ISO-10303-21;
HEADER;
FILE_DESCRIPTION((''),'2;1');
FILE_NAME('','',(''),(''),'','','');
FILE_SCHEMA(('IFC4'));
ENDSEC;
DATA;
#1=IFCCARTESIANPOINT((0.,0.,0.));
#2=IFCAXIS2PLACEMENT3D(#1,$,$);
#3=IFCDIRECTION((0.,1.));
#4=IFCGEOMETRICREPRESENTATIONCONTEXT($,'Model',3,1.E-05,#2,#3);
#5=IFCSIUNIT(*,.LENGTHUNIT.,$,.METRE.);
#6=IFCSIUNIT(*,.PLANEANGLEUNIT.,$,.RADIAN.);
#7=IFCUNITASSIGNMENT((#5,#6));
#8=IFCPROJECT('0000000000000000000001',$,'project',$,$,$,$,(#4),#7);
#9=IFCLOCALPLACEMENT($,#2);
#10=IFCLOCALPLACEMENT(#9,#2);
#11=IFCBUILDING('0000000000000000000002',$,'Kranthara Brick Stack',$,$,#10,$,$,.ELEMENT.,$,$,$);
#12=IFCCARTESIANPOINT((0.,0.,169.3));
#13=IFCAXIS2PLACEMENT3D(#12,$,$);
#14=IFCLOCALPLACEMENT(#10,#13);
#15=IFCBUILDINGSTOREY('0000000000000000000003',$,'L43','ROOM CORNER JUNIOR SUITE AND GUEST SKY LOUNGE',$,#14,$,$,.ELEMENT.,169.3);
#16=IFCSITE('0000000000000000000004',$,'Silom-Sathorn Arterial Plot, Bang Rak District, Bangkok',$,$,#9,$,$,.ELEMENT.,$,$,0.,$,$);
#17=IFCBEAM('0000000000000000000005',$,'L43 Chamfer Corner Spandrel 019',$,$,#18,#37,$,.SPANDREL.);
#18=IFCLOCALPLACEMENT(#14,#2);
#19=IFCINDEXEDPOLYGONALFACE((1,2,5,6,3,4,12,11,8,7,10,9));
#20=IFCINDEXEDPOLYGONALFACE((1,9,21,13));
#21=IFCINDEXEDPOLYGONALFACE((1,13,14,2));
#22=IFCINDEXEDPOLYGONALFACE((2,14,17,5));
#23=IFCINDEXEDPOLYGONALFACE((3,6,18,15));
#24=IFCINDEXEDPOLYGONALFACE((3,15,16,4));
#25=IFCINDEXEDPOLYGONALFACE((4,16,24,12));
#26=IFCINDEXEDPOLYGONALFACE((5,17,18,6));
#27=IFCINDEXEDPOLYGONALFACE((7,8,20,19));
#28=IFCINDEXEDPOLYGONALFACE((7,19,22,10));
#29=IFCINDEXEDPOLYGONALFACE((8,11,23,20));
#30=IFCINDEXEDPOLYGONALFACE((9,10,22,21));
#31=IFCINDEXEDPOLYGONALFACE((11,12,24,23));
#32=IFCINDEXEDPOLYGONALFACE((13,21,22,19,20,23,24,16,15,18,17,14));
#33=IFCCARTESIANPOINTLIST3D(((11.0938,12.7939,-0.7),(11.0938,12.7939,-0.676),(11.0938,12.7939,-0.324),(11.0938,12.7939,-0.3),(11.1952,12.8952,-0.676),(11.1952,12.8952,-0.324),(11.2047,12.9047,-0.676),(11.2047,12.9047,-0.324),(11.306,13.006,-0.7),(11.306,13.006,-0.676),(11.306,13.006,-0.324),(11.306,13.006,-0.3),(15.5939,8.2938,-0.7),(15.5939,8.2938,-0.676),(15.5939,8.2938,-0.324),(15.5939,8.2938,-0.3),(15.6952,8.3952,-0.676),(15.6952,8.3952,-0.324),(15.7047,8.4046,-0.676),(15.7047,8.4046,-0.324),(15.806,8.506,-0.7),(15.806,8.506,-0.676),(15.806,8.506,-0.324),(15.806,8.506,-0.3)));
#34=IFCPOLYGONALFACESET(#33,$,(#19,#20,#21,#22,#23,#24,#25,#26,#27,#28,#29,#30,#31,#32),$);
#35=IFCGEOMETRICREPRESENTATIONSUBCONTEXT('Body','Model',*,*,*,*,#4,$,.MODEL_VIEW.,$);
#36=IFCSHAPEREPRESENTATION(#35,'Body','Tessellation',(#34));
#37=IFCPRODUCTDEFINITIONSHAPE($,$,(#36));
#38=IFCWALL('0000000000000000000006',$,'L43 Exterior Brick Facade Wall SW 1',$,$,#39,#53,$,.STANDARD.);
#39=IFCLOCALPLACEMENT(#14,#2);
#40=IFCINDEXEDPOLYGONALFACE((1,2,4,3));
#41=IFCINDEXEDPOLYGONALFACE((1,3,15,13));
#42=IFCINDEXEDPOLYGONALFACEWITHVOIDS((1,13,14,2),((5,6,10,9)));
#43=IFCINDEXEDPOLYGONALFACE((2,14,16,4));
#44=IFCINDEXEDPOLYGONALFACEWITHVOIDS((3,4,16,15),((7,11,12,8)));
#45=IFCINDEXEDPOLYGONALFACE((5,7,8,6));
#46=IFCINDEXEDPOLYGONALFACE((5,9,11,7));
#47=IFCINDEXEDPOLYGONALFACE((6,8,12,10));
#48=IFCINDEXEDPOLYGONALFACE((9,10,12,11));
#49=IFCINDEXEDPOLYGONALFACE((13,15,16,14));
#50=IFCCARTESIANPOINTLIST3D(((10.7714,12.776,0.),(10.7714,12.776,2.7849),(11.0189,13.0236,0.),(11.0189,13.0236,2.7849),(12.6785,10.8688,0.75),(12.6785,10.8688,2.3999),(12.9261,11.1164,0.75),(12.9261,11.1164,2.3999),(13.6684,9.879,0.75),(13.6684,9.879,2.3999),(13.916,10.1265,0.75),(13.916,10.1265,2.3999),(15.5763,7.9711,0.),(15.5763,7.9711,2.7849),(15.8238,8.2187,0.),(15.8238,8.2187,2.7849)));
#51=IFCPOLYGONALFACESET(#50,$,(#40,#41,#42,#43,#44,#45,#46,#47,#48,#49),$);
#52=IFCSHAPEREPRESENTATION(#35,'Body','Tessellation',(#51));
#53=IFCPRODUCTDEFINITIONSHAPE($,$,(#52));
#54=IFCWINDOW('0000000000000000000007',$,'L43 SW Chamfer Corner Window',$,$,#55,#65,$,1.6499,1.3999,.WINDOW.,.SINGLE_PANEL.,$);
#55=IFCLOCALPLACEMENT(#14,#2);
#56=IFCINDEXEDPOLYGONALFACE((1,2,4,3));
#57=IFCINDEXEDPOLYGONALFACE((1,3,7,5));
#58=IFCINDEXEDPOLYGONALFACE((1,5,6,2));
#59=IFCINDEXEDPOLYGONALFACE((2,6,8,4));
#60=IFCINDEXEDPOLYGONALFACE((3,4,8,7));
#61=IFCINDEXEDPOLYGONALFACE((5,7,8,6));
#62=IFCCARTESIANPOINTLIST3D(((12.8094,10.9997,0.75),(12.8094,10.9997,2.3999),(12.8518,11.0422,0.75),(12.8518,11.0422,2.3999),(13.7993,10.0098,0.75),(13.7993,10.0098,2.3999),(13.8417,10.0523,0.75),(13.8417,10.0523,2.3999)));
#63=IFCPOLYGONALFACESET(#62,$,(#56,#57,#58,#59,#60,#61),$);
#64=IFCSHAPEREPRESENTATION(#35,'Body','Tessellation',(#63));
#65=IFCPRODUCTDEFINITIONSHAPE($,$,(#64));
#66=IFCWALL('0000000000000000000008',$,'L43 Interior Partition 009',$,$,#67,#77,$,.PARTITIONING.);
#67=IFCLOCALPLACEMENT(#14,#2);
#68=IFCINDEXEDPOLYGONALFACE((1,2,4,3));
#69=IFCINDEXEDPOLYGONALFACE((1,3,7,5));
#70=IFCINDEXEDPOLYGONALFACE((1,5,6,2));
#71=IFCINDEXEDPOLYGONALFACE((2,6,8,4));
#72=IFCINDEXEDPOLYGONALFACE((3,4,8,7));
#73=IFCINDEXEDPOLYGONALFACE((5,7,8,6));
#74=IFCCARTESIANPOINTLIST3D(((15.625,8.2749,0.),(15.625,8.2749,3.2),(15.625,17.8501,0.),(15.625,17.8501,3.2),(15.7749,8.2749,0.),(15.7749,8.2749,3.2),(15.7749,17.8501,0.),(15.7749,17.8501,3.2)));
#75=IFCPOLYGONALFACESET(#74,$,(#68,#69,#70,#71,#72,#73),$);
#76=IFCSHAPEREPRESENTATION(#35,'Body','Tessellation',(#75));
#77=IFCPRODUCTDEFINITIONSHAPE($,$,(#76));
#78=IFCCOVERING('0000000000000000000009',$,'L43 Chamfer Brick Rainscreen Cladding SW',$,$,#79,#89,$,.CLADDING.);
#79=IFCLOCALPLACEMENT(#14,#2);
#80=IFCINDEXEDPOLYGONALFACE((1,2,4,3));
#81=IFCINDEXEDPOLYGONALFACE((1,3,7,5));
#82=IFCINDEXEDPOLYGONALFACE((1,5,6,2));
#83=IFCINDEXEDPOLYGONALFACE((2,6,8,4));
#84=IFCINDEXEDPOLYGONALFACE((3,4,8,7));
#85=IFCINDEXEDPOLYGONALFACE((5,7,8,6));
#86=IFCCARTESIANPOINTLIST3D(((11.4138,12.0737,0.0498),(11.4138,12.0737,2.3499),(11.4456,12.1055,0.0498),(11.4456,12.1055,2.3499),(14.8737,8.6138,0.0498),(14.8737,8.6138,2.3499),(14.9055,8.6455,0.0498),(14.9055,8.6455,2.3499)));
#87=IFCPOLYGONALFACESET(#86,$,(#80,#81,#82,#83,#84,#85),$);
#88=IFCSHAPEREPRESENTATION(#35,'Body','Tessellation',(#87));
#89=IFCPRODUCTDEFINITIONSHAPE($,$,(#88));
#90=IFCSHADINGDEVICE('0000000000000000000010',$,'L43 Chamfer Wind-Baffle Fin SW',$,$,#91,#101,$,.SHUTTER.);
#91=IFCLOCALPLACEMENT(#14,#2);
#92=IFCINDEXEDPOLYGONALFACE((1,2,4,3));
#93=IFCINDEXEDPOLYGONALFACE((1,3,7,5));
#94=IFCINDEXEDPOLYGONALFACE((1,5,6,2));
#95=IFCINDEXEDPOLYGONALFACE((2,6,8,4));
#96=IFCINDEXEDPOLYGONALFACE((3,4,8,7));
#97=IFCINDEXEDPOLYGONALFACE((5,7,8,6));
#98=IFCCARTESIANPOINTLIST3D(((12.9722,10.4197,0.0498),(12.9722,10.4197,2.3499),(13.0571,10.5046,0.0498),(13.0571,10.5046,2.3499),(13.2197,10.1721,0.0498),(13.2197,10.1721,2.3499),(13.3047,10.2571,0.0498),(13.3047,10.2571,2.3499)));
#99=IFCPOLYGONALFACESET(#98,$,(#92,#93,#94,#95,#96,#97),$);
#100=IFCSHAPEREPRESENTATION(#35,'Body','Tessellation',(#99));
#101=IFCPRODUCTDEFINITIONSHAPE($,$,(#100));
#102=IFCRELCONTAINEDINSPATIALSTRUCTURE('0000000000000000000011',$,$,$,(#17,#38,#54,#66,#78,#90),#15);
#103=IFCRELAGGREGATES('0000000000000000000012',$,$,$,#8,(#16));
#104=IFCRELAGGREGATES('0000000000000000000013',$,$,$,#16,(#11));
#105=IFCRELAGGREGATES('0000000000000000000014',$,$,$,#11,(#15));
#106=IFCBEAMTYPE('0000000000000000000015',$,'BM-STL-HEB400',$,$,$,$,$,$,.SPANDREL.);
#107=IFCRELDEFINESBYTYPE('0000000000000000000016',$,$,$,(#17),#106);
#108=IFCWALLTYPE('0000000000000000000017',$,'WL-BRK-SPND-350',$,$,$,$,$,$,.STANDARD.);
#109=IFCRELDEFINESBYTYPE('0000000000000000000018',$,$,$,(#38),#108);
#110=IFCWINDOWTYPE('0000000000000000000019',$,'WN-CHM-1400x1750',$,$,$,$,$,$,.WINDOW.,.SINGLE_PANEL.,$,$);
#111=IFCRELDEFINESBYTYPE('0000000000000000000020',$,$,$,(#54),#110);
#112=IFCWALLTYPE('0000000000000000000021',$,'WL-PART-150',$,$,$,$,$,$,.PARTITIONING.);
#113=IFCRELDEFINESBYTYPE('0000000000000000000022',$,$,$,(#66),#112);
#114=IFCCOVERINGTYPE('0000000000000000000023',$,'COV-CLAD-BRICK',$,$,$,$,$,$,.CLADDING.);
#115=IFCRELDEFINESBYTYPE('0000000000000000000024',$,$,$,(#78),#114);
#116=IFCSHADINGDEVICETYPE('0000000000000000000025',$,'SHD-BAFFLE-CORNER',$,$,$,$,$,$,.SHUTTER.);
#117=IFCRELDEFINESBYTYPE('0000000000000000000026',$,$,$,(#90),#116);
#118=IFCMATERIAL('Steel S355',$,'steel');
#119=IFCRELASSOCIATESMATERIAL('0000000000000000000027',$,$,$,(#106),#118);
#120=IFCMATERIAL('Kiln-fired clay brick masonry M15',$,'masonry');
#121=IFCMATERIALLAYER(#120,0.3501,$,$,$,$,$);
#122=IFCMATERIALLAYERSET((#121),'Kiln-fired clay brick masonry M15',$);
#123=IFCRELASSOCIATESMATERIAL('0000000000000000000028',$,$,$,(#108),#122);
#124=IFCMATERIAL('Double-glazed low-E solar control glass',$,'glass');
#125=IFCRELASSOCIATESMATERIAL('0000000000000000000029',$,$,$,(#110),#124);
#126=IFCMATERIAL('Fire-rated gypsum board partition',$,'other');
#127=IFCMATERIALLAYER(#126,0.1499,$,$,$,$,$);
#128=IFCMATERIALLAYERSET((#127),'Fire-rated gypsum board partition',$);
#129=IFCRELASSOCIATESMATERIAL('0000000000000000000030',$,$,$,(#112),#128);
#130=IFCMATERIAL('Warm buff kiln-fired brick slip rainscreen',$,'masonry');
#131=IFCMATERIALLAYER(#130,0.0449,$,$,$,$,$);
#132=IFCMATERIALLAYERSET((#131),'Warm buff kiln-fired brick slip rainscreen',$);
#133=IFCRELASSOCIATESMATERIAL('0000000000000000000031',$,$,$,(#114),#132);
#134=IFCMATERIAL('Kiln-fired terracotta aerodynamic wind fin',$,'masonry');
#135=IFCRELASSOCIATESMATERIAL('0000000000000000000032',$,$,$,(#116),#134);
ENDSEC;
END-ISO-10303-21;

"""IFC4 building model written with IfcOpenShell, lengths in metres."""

from ifc_helpers import new_model, si_unit, direction, frame, frame_2d, origin, origin_2d, place, context, subcontext, project, spatial, rectangle, i_section, extrude, material, layer, layer_set, material_profile, profile_set, type_object, element, fill, save


model = new_model("IFC4")

# Units and contexts
model_context = context("Model", 3, precision=1e-05, world=origin(), true_north=direction((0.0, 1.0)))
body_context = subcontext(model_context, "Body", "Model", "MODEL_VIEW")
ifc_project = project(units=[si_unit("LENGTHUNIT", "METRE"), si_unit("PLANEANGLEUNIT", "RADIAN")], contexts=[model_context])

# Site, building, storey
site_placement = place(None, origin())
site = spatial("IfcSite", under=ifc_project, at=site_placement, Name="Silom-Sathorn Arterial Plot, Bang Rak District, Bangkok", CompositionType="ELEMENT", RefElevation=0.0)
building_placement = place(site_placement, origin())
building = spatial("IfcBuilding", under=site, at=building_placement, Name="Kranthara Brick Stack", CompositionType="ELEMENT")
storey_placement = place(building_placement, frame((0.0, 0.0, 169.3)))
storey = spatial("IfcBuildingStorey", under=building, at=storey_placement, Name="L43", Description="ROOM CORNER JUNIOR SUITE AND GUEST SKY LOUNGE", CompositionType="ELEMENT", Elevation=169.3)

# Beam
ifc_material_1 = material(Name="Steel S355", Category="steel")
ifc_material_profile_1 = material_profile(ifc_material_1, i_section(OverallWidth=0.3, OverallDepth=0.3999, WebThickness=0.0134, FlangeThickness=0.0239, at=origin_2d()), Name="HEB 400")
ifc_profile_set_1 = profile_set([ifc_material_profile_1], Name="Steel S355")
beam_type_1 = type_object("IfcBeamType", Name="BM-STL-HEB400", PredefinedType="SPANDREL", material=ifc_profile_set_1)
beam_1_placement = place(storey_placement, frame((15.7, 8.3999, -0.5), z_axis=(-0.707107, 0.707107, 0.0), x_axis=(-0.707107, -0.707107, 0.0)))
element("IfcBeam", 1, at=beam_1_placement, inside=storey, type_object=beam_type_1, Name="L43 Chamfer Corner Spandrel 019", PredefinedType="SPANDREL", context=body_context, shape_type="SweptSolid", body=[
    extrude(i_section(OverallWidth=0.3, OverallDepth=0.3999, WebThickness=0.0134, FlangeThickness=0.0239, at=origin_2d()), origin(), (0.0, 0.0, 1.0), 6.364),
])

# Wall, opening, window
ifc_material_2 = material(Name="Kiln-fired clay brick masonry M15", Category="masonry")
ifc_layer_1 = layer(ifc_material_2, 0.3501)
ifc_layer_set_1 = layer_set([ifc_layer_1], Name="Kiln-fired clay brick masonry M15")
wall_type_1 = type_object("IfcWallType", Name="WL-BRK-SPND-350", PredefinedType="STANDARD", material=ifc_layer_set_1)
wall_1_placement = place(storey_placement, frame((15.7, 8.095, 0.0), z_axis=(0.0, 0.0, 1.0), x_axis=(-0.707107, 0.707107, 0.0)))
wall_1 = element("IfcWall", 2, at=wall_1_placement, inside=storey, type_object=wall_type_1, Name="L43 Exterior Brick Facade Wall SW 1", PredefinedType="STANDARD", context=body_context, shape_type="SweptSolid", body=[
    extrude(rectangle(XDim=6.7952, YDim=0.3501, at=frame_2d((3.3975, 0.0))), origin(), (0.0, 0.0, 1.0), 2.7849),
])
opening_placement = place(wall_1_placement, frame((2.698, 0.0, 0.75)))
opening = element("IfcOpeningElement", 3, at=opening_placement, cuts=wall_1, PredefinedType="OPENING", context=body_context, shape_type="SweptSolid", body=[
    extrude(rectangle(XDim=1.3999, YDim=1.6499, at=frame_2d((0.7, 0.825))), frame((0.0, 0.1851, 0.0), z_axis=(0.0, -1.0, 0.0), x_axis=(1.0, 0.0, 0.0)), (0.0, 0.0, 1.0), 0.3701),
])
ifc_material_3 = material(Name="Double-glazed low-E solar control glass", Category="glass")
window_type = type_object("IfcWindowType", Name="WN-CHM-1400x1750", PartitioningType="SINGLE_PANEL", PredefinedType="WINDOW", material=ifc_material_3)
window_placement = place(opening_placement, origin())
window = element("IfcWindow", 4, at=window_placement, inside=storey, type_object=window_type, Name="L43 SW Chamfer Corner Window", OverallHeight=1.6499, OverallWidth=1.3999, PartitioningType="SINGLE_PANEL", PredefinedType="WINDOW", context=body_context, shape_type="SweptSolid", body=[
    extrude(rectangle(XDim=1.3999, YDim=1.6499, at=frame_2d((0.7, 0.825))), frame((0.0, -0.01, 0.0), z_axis=(0.0, -1.0, 0.0), x_axis=(1.0, 0.0, 0.0)), (0.0, 0.0, 1.0), 0.0601),
])
fill(opening, window)

# Wall
ifc_material_4 = material(Name="Fire-rated gypsum board partition", Category="other")
ifc_layer_2 = layer(ifc_material_4, 0.1499)
ifc_layer_set_2 = layer_set([ifc_layer_2], Name="Fire-rated gypsum board partition")
wall_type_2 = type_object("IfcWallType", Name="WL-PART-150", PredefinedType="PARTITIONING", material=ifc_layer_set_2)
wall_2_placement = place(storey_placement, frame((15.7, 8.2749, 0.0), z_axis=(0.0, 0.0, 1.0), x_axis=(0.0, 1.0, 0.0)))
element("IfcWall", 5, at=wall_2_placement, inside=storey, type_object=wall_type_2, Name="L43 Interior Partition 009", PredefinedType="PARTITIONING", context=body_context, shape_type="SweptSolid", body=[
    extrude(rectangle(XDim=9.5752, YDim=0.1499, at=frame_2d((4.7876, 0.0))), origin(), (0.0, 0.0, 1.0), 3.2),
])

# Covering
ifc_material_5 = material(Name="Warm buff kiln-fired brick slip rainscreen", Category="masonry")
ifc_layer_3 = layer(ifc_material_5, 0.0449)
ifc_layer_set_3 = layer_set([ifc_layer_3], Name="Warm buff kiln-fired brick slip rainscreen")
covering_type = type_object("IfcCoveringType", Name="COV-CLAD-BRICK", PredefinedType="CLADDING", material=ifc_layer_set_3)
covering_placement = place(storey_placement, frame((13.1597, 10.3596, 0.0498), z_axis=(0.0, 0.0, 1.0), x_axis=(-0.707107, 0.707107, 0.0)))
element("IfcCovering", 6, at=covering_placement, inside=storey, type_object=covering_type, Name="L43 Chamfer Brick Rainscreen Cladding SW", PredefinedType="CLADDING", context=body_context, shape_type="SweptSolid", body=[
    extrude(rectangle(XDim=4.8931, YDim=0.0449, at=origin_2d()), origin(), (0.0, 0.0, 1.0), 2.3),
])

# Shading device
ifc_material_6 = material(Name="Kiln-fired terracotta aerodynamic wind fin", Category="masonry")
shading_device_type = type_object("IfcShadingDeviceType", Name="SHD-BAFFLE-CORNER", PredefinedType="SHUTTER", material=ifc_material_6)
shading_device_placement = place(storey_placement, frame((13.1384, 10.3384, 0.0498), z_axis=(0.0, 0.0, 1.0), x_axis=(-0.707107, 0.707107, 0.0)))
element("IfcShadingDevice", 7, at=shading_device_placement, inside=storey, type_object=shading_device_type, Name="L43 Chamfer Wind-Baffle Fin SW", PredefinedType="SHUTTER", context=body_context, shape_type="SweptSolid", body=[
    extrude(rectangle(XDim=0.3501, YDim=0.1201, at=origin_2d()), origin(), (0.0, 0.0, 1.0), 2.3),
])

save(model, "model.ifc")
